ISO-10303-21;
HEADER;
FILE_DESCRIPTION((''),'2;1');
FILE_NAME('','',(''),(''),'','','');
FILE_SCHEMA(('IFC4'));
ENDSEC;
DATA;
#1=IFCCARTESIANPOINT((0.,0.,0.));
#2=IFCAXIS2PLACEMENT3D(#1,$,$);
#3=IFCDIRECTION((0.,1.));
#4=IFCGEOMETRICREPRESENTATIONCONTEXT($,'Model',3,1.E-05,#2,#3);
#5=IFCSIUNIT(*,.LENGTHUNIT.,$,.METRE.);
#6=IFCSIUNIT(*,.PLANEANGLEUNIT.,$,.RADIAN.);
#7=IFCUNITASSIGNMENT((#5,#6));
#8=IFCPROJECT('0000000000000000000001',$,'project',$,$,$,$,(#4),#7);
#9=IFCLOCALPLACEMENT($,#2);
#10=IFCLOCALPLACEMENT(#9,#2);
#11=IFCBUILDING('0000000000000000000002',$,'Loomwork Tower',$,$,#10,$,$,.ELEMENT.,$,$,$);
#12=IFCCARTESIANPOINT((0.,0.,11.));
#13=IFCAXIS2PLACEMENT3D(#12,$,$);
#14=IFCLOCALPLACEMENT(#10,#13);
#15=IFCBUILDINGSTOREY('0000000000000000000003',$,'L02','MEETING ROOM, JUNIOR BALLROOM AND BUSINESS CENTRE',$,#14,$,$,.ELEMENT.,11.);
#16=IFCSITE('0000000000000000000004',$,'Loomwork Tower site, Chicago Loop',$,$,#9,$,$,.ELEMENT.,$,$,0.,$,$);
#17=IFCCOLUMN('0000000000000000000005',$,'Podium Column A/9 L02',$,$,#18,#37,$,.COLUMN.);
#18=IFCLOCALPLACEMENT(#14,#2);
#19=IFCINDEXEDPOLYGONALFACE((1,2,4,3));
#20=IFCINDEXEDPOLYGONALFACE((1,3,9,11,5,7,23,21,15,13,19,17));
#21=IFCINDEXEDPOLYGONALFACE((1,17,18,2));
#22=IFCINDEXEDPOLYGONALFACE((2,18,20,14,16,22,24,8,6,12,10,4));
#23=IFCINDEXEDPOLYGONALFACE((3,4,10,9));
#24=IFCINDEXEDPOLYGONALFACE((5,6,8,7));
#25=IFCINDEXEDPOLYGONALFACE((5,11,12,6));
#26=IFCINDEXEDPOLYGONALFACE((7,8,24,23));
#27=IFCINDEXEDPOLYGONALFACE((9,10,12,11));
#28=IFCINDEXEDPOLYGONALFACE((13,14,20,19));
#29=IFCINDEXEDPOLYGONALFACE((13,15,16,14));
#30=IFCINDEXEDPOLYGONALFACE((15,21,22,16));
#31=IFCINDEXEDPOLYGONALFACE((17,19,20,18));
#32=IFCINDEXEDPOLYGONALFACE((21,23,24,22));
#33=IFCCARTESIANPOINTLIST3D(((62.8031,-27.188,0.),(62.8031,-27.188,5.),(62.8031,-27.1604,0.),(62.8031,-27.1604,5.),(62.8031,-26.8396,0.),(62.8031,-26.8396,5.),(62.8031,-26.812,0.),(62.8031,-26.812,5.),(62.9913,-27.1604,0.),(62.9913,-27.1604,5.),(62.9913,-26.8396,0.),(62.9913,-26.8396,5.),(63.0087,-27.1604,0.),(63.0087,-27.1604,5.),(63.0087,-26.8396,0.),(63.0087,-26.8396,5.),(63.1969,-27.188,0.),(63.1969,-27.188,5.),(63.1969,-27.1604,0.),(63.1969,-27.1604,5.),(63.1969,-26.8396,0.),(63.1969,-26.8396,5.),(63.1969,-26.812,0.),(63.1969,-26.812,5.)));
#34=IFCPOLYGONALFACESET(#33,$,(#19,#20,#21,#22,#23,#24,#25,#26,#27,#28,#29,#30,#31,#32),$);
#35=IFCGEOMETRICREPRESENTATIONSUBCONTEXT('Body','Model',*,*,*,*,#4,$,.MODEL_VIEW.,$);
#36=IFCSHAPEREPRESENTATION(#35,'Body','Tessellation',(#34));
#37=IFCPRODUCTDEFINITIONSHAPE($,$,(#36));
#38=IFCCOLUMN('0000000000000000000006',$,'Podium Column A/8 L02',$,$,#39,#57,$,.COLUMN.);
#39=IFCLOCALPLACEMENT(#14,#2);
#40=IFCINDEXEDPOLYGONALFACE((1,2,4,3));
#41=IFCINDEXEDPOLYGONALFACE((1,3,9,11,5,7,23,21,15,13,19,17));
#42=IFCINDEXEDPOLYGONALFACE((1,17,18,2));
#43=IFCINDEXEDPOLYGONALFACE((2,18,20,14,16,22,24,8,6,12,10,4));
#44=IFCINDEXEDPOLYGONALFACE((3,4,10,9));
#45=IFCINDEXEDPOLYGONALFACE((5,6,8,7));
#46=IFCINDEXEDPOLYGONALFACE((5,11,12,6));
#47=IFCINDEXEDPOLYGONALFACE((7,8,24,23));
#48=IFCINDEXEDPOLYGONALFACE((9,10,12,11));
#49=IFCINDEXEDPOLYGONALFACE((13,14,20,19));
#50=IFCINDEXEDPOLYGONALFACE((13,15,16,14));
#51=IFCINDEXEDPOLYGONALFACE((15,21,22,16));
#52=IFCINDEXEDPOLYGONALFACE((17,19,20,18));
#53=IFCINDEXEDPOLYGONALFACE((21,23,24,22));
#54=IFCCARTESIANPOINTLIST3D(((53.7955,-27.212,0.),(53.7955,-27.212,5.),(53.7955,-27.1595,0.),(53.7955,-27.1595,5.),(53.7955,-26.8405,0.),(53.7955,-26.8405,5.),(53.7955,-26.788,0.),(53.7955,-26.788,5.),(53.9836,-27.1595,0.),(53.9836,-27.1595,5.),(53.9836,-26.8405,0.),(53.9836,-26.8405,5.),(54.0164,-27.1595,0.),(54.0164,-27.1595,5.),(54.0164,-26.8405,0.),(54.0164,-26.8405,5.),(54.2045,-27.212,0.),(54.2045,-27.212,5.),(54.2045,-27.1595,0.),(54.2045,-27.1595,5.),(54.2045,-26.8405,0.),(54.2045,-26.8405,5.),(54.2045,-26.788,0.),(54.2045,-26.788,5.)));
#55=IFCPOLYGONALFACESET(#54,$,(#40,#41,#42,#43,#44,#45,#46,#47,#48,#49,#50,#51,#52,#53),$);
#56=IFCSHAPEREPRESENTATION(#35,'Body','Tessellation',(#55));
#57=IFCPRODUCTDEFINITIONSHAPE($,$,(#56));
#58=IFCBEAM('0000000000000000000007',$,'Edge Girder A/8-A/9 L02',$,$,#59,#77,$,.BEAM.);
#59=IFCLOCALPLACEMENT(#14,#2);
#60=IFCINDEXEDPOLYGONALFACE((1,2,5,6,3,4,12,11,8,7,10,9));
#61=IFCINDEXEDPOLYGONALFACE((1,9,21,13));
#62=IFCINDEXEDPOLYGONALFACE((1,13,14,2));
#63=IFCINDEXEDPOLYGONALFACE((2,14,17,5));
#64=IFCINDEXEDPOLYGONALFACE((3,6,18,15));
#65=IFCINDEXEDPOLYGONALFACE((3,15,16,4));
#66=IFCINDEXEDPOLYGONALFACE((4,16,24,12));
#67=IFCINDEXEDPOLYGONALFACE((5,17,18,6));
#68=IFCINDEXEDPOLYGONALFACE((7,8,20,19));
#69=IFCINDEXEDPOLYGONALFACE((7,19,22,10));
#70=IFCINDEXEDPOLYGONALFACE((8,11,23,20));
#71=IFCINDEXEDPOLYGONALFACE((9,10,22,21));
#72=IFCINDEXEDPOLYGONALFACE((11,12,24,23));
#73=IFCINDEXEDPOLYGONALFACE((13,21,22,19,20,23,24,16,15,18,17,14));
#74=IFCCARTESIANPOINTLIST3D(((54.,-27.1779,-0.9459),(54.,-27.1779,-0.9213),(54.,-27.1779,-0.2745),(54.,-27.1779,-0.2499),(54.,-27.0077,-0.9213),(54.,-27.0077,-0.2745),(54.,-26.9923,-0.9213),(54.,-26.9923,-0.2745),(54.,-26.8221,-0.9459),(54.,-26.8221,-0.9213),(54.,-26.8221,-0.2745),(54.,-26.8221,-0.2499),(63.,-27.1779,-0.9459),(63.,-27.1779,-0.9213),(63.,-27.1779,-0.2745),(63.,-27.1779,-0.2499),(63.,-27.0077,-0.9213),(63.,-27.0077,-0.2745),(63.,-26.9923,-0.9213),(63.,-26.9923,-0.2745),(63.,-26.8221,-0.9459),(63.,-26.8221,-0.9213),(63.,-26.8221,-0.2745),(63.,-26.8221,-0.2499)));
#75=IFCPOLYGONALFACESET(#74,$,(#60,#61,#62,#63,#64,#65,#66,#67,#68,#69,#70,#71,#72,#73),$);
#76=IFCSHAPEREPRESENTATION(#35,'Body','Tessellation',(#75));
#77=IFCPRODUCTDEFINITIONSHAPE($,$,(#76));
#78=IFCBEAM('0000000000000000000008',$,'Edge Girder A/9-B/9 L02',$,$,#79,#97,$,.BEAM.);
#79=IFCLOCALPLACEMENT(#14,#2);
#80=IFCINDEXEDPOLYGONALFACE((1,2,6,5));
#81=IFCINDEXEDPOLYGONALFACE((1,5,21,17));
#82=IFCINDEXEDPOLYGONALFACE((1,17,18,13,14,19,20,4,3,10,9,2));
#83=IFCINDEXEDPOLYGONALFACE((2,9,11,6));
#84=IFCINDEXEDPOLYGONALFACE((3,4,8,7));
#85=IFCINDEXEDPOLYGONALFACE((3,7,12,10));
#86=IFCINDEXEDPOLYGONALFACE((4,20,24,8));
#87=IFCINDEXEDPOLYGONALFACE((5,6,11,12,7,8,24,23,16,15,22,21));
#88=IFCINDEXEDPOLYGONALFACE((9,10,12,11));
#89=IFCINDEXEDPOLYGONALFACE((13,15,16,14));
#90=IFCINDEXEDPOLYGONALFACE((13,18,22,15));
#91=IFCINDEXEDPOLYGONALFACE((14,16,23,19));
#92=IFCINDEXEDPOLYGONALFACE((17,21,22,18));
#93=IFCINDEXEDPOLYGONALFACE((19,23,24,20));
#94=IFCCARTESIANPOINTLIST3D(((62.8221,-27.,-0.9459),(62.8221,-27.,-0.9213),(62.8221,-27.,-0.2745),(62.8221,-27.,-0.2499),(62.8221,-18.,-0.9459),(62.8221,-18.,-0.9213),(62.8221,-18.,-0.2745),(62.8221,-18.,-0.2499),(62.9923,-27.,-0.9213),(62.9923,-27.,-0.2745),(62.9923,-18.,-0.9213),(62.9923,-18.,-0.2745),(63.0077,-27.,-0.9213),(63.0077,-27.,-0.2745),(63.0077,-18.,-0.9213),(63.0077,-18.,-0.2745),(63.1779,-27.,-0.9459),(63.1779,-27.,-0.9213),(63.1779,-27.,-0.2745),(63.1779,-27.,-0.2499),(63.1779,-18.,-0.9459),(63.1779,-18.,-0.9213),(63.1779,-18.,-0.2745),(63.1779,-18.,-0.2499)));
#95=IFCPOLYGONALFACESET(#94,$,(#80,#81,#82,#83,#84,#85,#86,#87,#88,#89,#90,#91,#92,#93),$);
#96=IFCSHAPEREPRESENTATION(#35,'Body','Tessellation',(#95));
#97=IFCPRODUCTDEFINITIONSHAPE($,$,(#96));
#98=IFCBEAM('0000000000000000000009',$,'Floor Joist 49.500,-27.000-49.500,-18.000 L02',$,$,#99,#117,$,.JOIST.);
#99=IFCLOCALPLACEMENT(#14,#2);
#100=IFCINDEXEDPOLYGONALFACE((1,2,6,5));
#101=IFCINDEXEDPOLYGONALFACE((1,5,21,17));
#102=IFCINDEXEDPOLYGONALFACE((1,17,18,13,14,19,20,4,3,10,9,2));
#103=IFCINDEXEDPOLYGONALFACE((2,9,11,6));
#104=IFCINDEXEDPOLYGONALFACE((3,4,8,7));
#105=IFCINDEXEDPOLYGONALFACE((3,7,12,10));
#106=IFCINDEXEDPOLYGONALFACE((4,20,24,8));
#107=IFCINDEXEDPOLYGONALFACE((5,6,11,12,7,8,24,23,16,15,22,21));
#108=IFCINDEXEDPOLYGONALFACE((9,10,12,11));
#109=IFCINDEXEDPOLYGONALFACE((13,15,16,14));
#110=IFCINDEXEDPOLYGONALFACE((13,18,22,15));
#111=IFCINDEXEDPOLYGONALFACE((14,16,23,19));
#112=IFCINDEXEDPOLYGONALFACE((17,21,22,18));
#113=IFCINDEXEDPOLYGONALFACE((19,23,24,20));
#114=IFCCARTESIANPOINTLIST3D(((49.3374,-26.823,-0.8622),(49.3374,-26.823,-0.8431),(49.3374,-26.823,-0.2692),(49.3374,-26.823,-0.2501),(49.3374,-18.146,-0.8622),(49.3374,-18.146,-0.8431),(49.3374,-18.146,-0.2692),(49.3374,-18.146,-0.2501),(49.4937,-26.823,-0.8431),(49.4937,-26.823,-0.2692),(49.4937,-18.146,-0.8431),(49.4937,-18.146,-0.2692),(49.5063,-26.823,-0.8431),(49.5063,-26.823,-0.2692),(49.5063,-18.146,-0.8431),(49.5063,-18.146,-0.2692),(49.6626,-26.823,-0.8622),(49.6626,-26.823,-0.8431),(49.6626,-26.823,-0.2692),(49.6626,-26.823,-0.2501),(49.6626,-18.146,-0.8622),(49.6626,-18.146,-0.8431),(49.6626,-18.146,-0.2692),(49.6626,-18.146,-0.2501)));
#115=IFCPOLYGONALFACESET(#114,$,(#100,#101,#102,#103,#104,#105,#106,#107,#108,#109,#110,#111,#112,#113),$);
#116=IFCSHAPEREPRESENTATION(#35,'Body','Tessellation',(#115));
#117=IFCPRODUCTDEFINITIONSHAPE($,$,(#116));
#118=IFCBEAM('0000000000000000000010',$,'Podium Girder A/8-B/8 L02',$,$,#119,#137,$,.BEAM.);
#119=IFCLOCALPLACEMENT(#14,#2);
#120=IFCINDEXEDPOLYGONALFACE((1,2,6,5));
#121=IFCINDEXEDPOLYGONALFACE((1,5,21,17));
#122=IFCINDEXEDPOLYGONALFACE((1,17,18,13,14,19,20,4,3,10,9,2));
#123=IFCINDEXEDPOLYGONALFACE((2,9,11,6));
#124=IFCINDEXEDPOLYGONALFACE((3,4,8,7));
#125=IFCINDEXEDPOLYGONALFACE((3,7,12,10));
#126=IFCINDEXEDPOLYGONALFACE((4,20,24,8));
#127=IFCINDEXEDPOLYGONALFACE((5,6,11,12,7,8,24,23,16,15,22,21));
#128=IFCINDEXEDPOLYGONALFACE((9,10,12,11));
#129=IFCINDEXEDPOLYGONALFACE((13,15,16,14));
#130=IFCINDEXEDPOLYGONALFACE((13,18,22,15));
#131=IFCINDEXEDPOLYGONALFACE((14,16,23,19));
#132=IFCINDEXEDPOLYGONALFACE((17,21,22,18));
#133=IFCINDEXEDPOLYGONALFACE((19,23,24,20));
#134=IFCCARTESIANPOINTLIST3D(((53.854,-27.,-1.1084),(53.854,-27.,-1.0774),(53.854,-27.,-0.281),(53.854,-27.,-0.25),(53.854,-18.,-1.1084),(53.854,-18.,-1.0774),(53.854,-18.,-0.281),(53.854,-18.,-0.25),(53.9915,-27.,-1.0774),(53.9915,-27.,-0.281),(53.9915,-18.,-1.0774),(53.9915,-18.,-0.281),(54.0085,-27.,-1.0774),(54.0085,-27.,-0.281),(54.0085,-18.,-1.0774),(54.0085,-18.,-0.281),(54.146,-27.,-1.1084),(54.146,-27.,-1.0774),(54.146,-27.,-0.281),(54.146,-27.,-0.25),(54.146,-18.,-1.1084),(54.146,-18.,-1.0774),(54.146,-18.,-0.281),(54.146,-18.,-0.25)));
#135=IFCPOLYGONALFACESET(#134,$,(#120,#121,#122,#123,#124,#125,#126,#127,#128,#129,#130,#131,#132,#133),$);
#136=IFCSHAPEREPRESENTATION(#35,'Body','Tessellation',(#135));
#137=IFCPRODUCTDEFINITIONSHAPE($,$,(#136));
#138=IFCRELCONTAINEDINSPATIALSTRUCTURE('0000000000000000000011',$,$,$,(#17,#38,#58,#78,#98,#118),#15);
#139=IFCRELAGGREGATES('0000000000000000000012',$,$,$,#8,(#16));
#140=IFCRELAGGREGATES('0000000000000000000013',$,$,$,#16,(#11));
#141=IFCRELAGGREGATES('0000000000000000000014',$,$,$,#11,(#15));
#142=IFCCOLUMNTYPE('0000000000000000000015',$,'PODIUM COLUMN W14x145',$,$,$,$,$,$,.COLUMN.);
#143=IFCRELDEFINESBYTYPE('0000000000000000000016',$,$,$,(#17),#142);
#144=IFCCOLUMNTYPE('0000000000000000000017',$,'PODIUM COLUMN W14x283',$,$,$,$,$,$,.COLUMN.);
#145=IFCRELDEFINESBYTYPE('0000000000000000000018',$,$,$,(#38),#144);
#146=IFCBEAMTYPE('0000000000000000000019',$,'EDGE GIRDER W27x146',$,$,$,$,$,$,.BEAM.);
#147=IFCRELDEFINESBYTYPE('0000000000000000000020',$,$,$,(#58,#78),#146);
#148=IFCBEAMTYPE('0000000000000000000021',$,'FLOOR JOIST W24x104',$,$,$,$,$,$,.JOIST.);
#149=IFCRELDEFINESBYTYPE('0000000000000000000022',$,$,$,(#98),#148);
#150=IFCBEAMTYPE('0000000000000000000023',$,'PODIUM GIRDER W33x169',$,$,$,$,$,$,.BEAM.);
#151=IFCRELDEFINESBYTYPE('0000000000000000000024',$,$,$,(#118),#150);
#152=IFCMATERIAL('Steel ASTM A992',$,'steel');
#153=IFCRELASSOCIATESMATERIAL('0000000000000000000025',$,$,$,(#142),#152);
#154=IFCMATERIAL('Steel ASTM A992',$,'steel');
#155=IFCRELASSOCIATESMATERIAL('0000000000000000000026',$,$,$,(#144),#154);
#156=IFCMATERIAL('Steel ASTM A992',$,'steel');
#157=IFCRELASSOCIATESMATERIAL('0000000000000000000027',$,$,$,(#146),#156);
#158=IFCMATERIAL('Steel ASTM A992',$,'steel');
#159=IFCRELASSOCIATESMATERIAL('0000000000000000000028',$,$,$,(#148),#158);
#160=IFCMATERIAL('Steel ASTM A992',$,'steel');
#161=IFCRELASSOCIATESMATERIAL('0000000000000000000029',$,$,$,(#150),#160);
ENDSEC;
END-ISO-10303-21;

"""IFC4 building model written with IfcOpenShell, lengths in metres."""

from ifc_helpers import new_model, si_unit, direction, frame, origin, origin_2d, place, context, subcontext, project, spatial, i_section, extrude, material, material_profile, profile_set, type_object, element, save


model = new_model("IFC4")

# Units and contexts
model_context = context("Model", 3, precision=1e-05, world=origin(), true_north=direction((0.0, 1.0)))
body_context = subcontext(model_context, "Body", "Model", "MODEL_VIEW")
ifc_project = project(units=[si_unit("LENGTHUNIT", "METRE"), si_unit("PLANEANGLEUNIT", "RADIAN")], contexts=[model_context])

# Site, building, storey
site_placement = place(None, origin())
site = spatial("IfcSite", under=ifc_project, at=site_placement, Name="Loomwork Tower site, Chicago Loop", CompositionType="ELEMENT", RefElevation=0.0)
building_placement = place(site_placement, origin())
building = spatial("IfcBuilding", under=site, at=building_placement, Name="Loomwork Tower", CompositionType="ELEMENT")
storey_placement = place(building_placement, frame((0.0, 0.0, 11.0)))
storey = spatial("IfcBuildingStorey", under=building, at=storey_placement, Name="L02", Description="MEETING ROOM, JUNIOR BALLROOM AND BUSINESS CENTRE", CompositionType="ELEMENT", Elevation=11.0)

# Columns
ifc_material_1 = material(Name="Steel ASTM A992", Category="steel")
ifc_material_profile_1 = material_profile(ifc_material_1, i_section(OverallWidth=0.3938, OverallDepth=0.376, WebThickness=0.0173, FlangeThickness=0.0276, at=origin_2d()), Name="W14x145")
ifc_profile_set_1 = profile_set([ifc_material_profile_1], Name="Steel ASTM A992")
column_type_1 = type_object("IfcColumnType", Name="PODIUM COLUMN W14x145", PredefinedType="COLUMN", material=ifc_profile_set_1)
column_1_placement = place(storey_placement, frame((63.0, -27.0, 0.0), z_axis=(0.0, 0.0, 1.0), x_axis=(1.0, 0.0, 0.0)))
element("IfcColumn", 1, at=column_1_placement, inside=storey, type_object=column_type_1, Name="Podium Column A/9 L02", PredefinedType="COLUMN", context=body_context, shape_type="SweptSolid", body=[
    extrude(i_section(OverallWidth=0.3938, OverallDepth=0.376, WebThickness=0.0173, FlangeThickness=0.0276, at=origin_2d()), origin(), (0.0, 0.0, 1.0), 5.0),
])
ifc_material_2 = material(Name="Steel ASTM A992", Category="steel")
ifc_material_profile_2 = material_profile(ifc_material_2, i_section(OverallWidth=0.4089, OverallDepth=0.4241, WebThickness=0.0327, FlangeThickness=0.0525, at=origin_2d()), Name="W14x283")
ifc_profile_set_2 = profile_set([ifc_material_profile_2], Name="Steel ASTM A992")
column_type_2 = type_object("IfcColumnType", Name="PODIUM COLUMN W14x283", PredefinedType="COLUMN", material=ifc_profile_set_2)
column_2_placement = place(storey_placement, frame((54.0, -27.0, 0.0), z_axis=(0.0, 0.0, 1.0), x_axis=(1.0, 0.0, 0.0)))
element("IfcColumn", 2, at=column_2_placement, inside=storey, type_object=column_type_2, Name="Podium Column A/8 L02", PredefinedType="COLUMN", context=body_context, shape_type="SweptSolid", body=[
    extrude(i_section(OverallWidth=0.4089, OverallDepth=0.4241, WebThickness=0.0327, FlangeThickness=0.0525, at=origin_2d()), origin(), (0.0, 0.0, 1.0), 5.0),
])

# Beams
ifc_material_3 = material(Name="Steel ASTM A992", Category="steel")
ifc_material_profile_3 = material_profile(ifc_material_3, i_section(OverallWidth=0.3557, OverallDepth=0.696, WebThickness=0.0154, FlangeThickness=0.0247, at=origin_2d()), Name="W27x146")
ifc_profile_set_3 = profile_set([ifc_material_profile_3], Name="Steel ASTM A992")
beam_type_1 = type_object("IfcBeamType", Name="EDGE GIRDER W27x146", PredefinedType="BEAM", material=ifc_profile_set_3)
for number, where, z_axis, x_axis, name in (
    (3, (54.0, -27.0, -0.5979), (1.0, 0.0, 0.0), (0.0, 1.0, 0.0), "Edge Girder A/8-A/9 L02"),
    (4, (63.0, -27.0, -0.5979), (0.0, 1.0, 0.0), (-1.0, 0.0, 0.0), "Edge Girder A/9-B/9 L02"),
):
    element("IfcBeam", number, at=place(storey_placement, frame(where, z_axis=z_axis, x_axis=x_axis)), inside=storey, type_object=beam_type_1, Name=name, PredefinedType="BEAM", context=body_context, shape_type="SweptSolid", body=[
        extrude(i_section(OverallWidth=0.3557, OverallDepth=0.696, WebThickness=0.0154, FlangeThickness=0.0247, at=origin_2d()), origin(), (0.0, 0.0, 1.0), 9.0),
    ])
ifc_material_4 = material(Name="Steel ASTM A992", Category="steel")
ifc_material_profile_4 = material_profile(ifc_material_4, i_section(OverallWidth=0.3252, OverallDepth=0.6121, WebThickness=0.0127, FlangeThickness=0.019, at=origin_2d()), Name="W24x104")
ifc_profile_set_4 = profile_set([ifc_material_profile_4], Name="Steel ASTM A992")
beam_type_2 = type_object("IfcBeamType", Name="FLOOR JOIST W24x104", PredefinedType="JOIST", material=ifc_profile_set_4)
beam_1_placement = place(storey_placement, frame((49.5, -26.823, -0.5562), z_axis=(0.0, 1.0, 0.0), x_axis=(-1.0, 0.0, 0.0)))
element("IfcBeam", 5, at=beam_1_placement, inside=storey, type_object=beam_type_2, Name="Floor Joist 49.500,-27.000-49.500,-18.000 L02", PredefinedType="JOIST", context=body_context, shape_type="SweptSolid", body=[
    extrude(i_section(OverallWidth=0.3252, OverallDepth=0.6121, WebThickness=0.0127, FlangeThickness=0.019, at=origin_2d()), origin(), (0.0, 0.0, 1.0), 8.677),
])
ifc_material_5 = material(Name="Steel ASTM A992", Category="steel")
ifc_material_profile_5 = material_profile(ifc_material_5, i_section(OverallWidth=0.292, OverallDepth=0.8584, WebThickness=0.0171, FlangeThickness=0.031, at=origin_2d()), Name="W33x169")
ifc_profile_set_5 = profile_set([ifc_material_profile_5], Name="Steel ASTM A992")
beam_type_3 = type_object("IfcBeamType", Name="PODIUM GIRDER W33x169", PredefinedType="BEAM", material=ifc_profile_set_5)
beam_2_placement = place(storey_placement, frame((54.0, -27.0, -0.6792), z_axis=(0.0, 1.0, 0.0), x_axis=(-1.0, 0.0, 0.0)))
element("IfcBeam", 6, at=beam_2_placement, inside=storey, type_object=beam_type_3, Name="Podium Girder A/8-B/8 L02", PredefinedType="BEAM", context=body_context, shape_type="SweptSolid", body=[
    extrude(i_section(OverallWidth=0.292, OverallDepth=0.8584, WebThickness=0.0171, FlangeThickness=0.031, at=origin_2d()), origin(), (0.0, 0.0, 1.0), 9.0),
])

save(model, "model.ifc")
